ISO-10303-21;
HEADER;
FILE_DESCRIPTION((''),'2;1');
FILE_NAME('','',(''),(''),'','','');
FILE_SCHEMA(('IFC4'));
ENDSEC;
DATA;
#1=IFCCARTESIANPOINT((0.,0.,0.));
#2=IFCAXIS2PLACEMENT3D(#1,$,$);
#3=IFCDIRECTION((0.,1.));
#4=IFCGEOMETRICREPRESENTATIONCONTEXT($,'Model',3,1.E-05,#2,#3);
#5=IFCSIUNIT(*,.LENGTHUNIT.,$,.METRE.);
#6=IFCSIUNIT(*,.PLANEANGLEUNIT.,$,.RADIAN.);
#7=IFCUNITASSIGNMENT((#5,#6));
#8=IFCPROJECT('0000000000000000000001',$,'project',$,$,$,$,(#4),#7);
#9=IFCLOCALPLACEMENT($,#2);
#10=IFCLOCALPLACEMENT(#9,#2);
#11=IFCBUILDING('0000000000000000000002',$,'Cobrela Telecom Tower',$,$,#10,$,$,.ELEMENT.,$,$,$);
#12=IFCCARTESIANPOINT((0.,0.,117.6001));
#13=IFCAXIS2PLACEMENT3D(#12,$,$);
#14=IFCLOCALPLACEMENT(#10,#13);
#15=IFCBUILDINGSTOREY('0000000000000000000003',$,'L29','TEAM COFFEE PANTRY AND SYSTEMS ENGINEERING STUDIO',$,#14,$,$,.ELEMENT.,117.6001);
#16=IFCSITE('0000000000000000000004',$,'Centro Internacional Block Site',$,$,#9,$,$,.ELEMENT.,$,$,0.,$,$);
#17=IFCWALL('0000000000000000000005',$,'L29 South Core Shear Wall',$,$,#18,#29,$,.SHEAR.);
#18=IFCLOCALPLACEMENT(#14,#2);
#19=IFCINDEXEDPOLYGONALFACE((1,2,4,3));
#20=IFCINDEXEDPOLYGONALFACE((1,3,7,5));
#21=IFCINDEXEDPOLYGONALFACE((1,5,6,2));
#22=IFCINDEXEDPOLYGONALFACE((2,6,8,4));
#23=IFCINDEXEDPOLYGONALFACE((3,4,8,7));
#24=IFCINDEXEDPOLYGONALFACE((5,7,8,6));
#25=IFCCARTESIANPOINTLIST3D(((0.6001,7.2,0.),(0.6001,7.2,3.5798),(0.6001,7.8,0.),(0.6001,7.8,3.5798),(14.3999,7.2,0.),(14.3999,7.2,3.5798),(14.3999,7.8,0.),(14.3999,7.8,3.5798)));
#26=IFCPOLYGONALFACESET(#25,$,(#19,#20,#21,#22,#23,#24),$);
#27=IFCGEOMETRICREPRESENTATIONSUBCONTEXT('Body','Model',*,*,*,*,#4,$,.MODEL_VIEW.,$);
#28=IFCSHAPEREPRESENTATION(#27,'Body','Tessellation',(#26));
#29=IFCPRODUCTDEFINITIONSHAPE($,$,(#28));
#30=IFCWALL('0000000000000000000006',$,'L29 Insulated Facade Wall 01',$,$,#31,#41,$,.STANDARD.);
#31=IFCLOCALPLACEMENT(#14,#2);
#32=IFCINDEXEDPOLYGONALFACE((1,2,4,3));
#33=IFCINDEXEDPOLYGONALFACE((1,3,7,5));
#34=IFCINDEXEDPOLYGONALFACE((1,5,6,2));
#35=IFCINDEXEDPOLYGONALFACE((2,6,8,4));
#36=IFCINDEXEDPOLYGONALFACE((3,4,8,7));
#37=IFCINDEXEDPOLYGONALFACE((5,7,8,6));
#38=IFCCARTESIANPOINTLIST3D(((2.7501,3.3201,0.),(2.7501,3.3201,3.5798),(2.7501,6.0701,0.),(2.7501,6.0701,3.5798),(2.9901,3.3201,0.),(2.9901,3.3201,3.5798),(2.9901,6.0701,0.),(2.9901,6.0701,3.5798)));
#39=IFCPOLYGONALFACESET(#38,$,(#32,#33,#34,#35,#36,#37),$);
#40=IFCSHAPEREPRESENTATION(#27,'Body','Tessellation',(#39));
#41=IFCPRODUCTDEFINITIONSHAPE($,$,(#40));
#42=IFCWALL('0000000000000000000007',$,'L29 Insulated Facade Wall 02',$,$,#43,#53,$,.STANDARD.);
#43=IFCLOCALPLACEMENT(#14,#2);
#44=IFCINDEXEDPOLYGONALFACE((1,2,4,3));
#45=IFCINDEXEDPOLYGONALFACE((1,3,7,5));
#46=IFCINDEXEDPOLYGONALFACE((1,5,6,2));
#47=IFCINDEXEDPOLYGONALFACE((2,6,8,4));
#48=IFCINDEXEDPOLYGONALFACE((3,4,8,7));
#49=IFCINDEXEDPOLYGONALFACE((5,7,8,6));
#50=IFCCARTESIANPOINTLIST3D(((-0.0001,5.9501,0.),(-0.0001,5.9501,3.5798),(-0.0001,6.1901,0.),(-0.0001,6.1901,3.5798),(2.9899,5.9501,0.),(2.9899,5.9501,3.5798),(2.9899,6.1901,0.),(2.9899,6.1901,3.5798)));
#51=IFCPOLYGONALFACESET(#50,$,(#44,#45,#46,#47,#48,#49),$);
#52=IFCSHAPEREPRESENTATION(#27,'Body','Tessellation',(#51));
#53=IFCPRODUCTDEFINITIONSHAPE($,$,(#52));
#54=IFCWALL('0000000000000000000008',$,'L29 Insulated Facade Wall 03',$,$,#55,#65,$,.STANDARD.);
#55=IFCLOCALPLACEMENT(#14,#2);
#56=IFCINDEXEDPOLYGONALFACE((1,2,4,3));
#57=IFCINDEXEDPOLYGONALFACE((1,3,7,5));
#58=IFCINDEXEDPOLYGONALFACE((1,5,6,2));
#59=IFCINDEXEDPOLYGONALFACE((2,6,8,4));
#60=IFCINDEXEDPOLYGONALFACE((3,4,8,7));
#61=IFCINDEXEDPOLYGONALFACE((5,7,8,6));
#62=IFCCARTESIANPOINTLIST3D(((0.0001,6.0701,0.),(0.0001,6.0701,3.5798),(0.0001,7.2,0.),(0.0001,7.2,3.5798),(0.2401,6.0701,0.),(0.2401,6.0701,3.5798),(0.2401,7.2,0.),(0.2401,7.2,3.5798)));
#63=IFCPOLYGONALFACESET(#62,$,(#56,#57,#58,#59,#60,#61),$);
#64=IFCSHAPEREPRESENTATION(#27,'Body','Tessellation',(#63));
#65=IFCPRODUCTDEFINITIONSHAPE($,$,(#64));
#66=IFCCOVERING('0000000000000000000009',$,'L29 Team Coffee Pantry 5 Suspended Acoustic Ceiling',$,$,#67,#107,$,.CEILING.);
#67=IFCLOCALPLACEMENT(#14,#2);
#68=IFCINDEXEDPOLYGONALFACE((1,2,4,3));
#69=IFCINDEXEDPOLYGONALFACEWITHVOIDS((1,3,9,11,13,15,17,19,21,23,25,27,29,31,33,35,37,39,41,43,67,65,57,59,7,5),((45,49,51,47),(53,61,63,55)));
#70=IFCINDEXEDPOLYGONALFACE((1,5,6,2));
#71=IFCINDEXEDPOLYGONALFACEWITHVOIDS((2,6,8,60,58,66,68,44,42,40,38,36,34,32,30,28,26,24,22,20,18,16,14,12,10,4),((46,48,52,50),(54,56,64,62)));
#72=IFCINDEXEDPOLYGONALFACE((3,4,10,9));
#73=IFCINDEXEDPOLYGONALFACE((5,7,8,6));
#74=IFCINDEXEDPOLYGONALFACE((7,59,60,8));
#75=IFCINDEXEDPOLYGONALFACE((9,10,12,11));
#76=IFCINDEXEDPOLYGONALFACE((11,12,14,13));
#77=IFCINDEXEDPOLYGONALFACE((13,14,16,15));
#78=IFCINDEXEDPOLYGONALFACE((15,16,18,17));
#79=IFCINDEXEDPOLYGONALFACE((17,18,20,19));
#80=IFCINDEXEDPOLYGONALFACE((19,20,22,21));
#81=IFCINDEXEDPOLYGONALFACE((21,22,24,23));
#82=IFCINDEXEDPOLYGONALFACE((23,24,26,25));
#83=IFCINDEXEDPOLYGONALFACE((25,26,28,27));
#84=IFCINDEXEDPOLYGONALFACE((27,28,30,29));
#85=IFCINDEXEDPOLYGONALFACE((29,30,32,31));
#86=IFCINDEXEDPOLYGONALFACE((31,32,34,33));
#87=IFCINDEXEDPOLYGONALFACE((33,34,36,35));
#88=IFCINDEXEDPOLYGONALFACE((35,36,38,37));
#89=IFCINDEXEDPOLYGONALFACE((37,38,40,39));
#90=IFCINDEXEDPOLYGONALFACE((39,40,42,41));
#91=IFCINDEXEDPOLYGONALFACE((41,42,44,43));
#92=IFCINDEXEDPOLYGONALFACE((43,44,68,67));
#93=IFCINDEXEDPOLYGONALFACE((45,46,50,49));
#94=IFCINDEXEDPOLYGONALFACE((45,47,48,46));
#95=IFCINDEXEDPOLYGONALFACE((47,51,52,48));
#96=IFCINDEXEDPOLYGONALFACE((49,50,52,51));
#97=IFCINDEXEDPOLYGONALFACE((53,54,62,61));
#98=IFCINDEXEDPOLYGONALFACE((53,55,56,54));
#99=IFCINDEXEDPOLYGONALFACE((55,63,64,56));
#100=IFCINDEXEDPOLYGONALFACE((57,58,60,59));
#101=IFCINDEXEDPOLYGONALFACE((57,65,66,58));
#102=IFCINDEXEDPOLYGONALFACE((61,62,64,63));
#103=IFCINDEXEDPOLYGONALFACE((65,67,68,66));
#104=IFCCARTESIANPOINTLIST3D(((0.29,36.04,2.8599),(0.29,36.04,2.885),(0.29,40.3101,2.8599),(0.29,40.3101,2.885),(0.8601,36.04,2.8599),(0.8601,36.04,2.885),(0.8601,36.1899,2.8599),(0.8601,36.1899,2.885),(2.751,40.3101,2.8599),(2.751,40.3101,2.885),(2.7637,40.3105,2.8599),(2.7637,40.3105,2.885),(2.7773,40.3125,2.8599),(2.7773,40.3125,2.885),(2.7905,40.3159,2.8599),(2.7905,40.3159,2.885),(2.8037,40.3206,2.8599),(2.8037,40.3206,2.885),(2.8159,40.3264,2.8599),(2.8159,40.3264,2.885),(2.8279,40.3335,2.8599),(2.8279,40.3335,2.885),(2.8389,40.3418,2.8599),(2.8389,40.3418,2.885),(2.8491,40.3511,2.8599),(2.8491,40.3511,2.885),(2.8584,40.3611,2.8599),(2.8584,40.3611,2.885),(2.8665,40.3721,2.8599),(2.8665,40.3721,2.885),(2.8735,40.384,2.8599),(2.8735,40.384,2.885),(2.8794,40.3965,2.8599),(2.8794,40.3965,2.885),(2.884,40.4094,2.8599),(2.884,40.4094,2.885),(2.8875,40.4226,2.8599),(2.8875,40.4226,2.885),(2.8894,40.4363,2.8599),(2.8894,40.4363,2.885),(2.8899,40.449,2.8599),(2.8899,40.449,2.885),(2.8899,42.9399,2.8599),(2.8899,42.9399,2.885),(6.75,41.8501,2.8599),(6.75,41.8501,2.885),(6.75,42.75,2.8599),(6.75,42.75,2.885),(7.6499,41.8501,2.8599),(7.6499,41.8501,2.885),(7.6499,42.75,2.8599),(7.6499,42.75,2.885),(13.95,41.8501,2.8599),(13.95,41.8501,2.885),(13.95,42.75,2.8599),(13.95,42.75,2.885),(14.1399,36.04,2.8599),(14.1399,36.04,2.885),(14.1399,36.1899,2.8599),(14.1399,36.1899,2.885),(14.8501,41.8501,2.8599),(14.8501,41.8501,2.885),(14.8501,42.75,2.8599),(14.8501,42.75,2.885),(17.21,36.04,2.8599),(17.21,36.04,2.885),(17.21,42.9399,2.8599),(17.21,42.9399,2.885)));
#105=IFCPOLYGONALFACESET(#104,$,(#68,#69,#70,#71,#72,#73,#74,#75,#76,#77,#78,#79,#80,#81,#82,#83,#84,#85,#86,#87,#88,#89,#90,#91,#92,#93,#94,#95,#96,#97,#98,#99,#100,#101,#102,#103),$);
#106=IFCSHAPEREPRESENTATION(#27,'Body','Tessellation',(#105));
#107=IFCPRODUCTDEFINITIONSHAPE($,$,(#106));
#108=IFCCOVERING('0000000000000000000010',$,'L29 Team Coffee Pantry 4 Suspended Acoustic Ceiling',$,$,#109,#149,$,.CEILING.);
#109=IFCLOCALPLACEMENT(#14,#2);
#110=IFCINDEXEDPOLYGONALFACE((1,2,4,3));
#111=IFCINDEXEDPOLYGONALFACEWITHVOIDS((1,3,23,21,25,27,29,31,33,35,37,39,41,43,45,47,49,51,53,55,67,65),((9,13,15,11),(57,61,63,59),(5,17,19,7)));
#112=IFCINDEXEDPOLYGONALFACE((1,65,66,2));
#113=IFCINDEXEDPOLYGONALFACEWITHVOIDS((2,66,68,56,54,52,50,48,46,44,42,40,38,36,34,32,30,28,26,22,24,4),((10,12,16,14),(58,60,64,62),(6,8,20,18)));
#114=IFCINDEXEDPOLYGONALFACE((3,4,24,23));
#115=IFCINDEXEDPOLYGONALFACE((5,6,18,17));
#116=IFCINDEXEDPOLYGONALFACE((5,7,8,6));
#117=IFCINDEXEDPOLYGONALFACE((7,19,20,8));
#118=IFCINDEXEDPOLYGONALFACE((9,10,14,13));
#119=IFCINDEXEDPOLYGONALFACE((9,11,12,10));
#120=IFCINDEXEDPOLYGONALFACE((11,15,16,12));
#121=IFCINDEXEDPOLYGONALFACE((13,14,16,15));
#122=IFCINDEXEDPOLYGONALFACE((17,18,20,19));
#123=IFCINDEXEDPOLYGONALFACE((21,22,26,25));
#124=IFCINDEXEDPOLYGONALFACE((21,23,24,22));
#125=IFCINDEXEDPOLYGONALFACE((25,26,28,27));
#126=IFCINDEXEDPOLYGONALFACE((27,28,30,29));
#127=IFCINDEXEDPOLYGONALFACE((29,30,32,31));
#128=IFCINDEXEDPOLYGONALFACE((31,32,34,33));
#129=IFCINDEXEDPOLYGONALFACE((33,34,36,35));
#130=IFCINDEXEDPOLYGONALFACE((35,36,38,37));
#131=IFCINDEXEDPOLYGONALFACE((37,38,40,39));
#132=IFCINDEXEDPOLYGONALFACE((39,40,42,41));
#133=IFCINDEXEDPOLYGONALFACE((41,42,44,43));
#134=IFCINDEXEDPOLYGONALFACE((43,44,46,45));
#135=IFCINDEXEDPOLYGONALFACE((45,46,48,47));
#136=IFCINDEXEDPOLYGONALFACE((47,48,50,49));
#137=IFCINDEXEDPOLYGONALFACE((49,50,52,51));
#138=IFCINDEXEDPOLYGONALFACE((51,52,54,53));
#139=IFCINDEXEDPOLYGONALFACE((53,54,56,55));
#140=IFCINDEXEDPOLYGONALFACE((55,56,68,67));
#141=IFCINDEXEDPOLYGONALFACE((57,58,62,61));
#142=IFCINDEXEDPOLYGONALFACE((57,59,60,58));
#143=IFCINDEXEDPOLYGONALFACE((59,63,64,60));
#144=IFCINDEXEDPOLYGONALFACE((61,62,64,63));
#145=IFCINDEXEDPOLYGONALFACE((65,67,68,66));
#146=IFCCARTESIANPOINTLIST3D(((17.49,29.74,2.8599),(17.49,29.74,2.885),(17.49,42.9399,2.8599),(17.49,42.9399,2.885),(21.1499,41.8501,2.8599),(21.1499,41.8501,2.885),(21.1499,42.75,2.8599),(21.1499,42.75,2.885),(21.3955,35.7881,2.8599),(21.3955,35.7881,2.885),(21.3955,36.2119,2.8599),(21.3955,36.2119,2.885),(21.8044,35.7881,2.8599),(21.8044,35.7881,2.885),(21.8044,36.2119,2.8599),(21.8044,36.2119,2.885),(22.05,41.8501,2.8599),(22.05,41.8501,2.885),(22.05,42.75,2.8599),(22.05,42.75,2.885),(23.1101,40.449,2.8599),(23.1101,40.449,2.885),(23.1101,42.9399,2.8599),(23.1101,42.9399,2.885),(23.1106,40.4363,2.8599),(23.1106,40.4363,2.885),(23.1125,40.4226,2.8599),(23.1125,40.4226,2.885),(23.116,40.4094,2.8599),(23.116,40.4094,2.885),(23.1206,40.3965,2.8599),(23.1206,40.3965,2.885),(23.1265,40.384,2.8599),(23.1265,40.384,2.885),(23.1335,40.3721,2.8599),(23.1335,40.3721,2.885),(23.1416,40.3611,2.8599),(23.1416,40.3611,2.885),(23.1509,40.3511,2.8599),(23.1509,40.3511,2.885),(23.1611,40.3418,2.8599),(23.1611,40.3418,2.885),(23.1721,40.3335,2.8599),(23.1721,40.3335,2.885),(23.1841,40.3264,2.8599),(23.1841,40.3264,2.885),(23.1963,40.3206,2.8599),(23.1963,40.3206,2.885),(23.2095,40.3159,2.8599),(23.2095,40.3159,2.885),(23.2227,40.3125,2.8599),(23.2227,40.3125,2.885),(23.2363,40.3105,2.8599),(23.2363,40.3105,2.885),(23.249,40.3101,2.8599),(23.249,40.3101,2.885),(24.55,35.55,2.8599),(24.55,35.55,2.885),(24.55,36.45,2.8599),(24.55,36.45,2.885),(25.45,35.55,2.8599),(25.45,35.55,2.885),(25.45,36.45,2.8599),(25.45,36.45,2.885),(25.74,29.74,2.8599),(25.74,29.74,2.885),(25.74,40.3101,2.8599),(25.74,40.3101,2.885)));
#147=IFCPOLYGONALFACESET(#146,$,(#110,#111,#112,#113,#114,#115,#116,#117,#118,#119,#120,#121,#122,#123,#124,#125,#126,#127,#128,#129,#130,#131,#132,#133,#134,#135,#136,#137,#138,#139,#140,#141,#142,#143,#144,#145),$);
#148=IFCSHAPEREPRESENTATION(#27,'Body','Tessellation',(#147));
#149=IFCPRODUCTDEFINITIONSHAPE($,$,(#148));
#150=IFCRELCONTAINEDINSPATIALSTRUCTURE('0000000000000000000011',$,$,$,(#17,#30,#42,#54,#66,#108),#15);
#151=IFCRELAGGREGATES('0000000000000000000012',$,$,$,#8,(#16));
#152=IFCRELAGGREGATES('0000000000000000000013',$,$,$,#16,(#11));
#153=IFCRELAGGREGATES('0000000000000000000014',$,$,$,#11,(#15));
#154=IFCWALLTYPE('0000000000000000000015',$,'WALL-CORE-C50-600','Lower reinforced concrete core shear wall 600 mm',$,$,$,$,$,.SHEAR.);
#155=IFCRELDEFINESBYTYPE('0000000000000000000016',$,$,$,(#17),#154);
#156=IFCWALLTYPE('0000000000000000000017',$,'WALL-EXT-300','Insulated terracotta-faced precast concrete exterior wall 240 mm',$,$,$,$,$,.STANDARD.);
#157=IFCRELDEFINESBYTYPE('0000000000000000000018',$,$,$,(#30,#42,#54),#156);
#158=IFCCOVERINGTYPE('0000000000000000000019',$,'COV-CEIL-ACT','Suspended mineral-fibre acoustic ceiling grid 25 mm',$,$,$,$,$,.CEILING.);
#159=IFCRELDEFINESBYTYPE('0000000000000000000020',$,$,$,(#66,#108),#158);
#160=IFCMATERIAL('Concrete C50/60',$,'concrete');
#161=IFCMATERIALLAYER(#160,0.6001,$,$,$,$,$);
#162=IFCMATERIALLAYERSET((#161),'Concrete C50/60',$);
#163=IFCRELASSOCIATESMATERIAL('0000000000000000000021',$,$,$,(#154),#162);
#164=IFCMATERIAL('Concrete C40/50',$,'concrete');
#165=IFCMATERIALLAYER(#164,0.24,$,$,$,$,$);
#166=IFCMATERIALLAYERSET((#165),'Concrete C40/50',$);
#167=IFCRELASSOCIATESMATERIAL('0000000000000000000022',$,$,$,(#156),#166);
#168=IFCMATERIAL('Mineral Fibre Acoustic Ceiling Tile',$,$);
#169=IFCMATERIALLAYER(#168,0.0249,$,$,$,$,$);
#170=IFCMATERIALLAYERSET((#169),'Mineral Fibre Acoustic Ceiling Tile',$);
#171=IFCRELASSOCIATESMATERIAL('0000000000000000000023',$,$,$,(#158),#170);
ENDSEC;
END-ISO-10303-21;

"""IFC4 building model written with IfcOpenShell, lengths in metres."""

from ifc_helpers import new_model, si_unit, direction, frame, frame_2d, origin, place, context, subcontext, project, spatial, polyline, rectangle, outline, extrude, material, layer, layer_set, type_object, element, save


model = new_model("IFC4")

# Units and contexts
model_context = context("Model", 3, precision=1e-05, world=origin(), true_north=direction((0.0, 1.0)))
body_context = subcontext(model_context, "Body", "Model", "MODEL_VIEW")
ifc_project = project(units=[si_unit("LENGTHUNIT", "METRE"), si_unit("PLANEANGLEUNIT", "RADIAN")], contexts=[model_context])

# Site, building, storey
site_placement = place(None, origin())
site = spatial("IfcSite", under=ifc_project, at=site_placement, Name="Centro Internacional Block Site", CompositionType="ELEMENT", RefElevation=0.0)
building_placement = place(site_placement, origin())
building = spatial("IfcBuilding", under=site, at=building_placement, Name="Cobrela Telecom Tower", CompositionType="ELEMENT")
storey_placement = place(building_placement, frame((0.0, 0.0, 117.6001)))
storey = spatial("IfcBuildingStorey", under=building, at=storey_placement, Name="L29", Description="TEAM COFFEE PANTRY AND SYSTEMS ENGINEERING STUDIO", CompositionType="ELEMENT", Elevation=117.6001)

# Shared definitions
ifc_material_1 = material(Name="Concrete C40/50", Category="concrete")

# Walls
ifc_material_2 = material(Name="Concrete C50/60", Category="concrete")
ifc_layer_1 = layer(ifc_material_2, 0.6001)
ifc_layer_set_1 = layer_set([ifc_layer_1], Name="Concrete C50/60")
wall_type_1 = type_object("IfcWallType", Name="WALL-CORE-C50-600", Description="Lower reinforced concrete core shear wall 600 mm", PredefinedType="SHEAR", material=ifc_layer_set_1)
wall_1_placement = place(storey_placement, frame((0.6001, 7.5, 0.0), z_axis=(0.0, 0.0, 1.0), x_axis=(1.0, 0.0, 0.0)))
element("IfcWall", 1, at=wall_1_placement, inside=storey, type_object=wall_type_1, Name="L29 South Core Shear Wall", PredefinedType="SHEAR", context=body_context, shape_type="SweptSolid", body=[
    extrude(rectangle(XDim=13.7998, YDim=0.6001, at=frame_2d((6.8999, 0.0))), origin(), (0.0, 0.0, 1.0), 3.5798),
])
ifc_layer_2 = layer(ifc_material_1, 0.24)
ifc_layer_set_2 = layer_set([ifc_layer_2], Name="Concrete C40/50")
wall_type_2 = type_object("IfcWallType", Name="WALL-EXT-300", Description="Insulated terracotta-faced precast concrete exterior wall 240 mm", PredefinedType="STANDARD", material=ifc_layer_set_2)
wall_2_placement = place(storey_placement, frame((2.8701, 3.3201, 0.0), z_axis=(0.0, 0.0, 1.0), x_axis=(0.0, 1.0, 0.0)))
element("IfcWall", 2, at=wall_2_placement, inside=storey, type_object=wall_type_2, Name="L29 Insulated Facade Wall 01", PredefinedType="STANDARD", context=body_context, shape_type="SweptSolid", body=[
    extrude(rectangle(XDim=2.75, YDim=0.24, at=frame_2d((1.375, 0.0))), origin(), (0.0, 0.0, 1.0), 3.5798),
])
wall_3_placement = place(storey_placement, frame((2.99, 6.0701, 0.0), z_axis=(0.0, 0.0, 1.0), x_axis=(-1.0, 0.0, 0.0)))
element("IfcWall", 3, at=wall_3_placement, inside=storey, type_object=wall_type_2, Name="L29 Insulated Facade Wall 02", PredefinedType="STANDARD", context=body_context, shape_type="SweptSolid", body=[
    extrude(rectangle(XDim=2.99, YDim=0.24, at=frame_2d((1.4951, 0.0))), origin(), (0.0, 0.0, 1.0), 3.5798),
])
wall_4_placement = place(storey_placement, frame((0.1201, 6.0701, 0.0), z_axis=(0.0, 0.0, 1.0), x_axis=(0.0, 1.0, 0.0)))
element("IfcWall", 4, at=wall_4_placement, inside=storey, type_object=wall_type_2, Name="L29 Insulated Facade Wall 03", PredefinedType="STANDARD", context=body_context, shape_type="SweptSolid", body=[
    extrude(rectangle(XDim=1.1299, YDim=0.24, at=frame_2d((0.5649, 0.0))), origin(), (0.0, 0.0, 1.0), 3.5798),
])

# Coverings
ifc_material_3 = material(Name="Mineral Fibre Acoustic Ceiling Tile")
ifc_layer_3 = layer(ifc_material_3, 0.0249)
ifc_layer_set_3 = layer_set([ifc_layer_3], Name="Mineral Fibre Acoustic Ceiling Tile")
covering_type_1 = type_object("IfcCoveringType", Name="COV-CEIL-ACT", Description="Suspended mineral-fibre acoustic ceiling grid 25 mm", PredefinedType="CEILING", material=ifc_layer_set_3)
covering_1_placement = place(storey_placement, frame((0.0, 0.0, 2.8599)))
element("IfcCovering", 5, at=covering_1_placement, inside=storey, type_object=covering_type_1, Name="L29 Team Coffee Pantry 5 Suspended Acoustic Ceiling", PredefinedType="CEILING", context=body_context, shape_type="SweptSolid", body=[
    extrude(outline(polyline([(14.1399, 36.1899), (0.8601, 36.1899), (0.8601, 36.04), (0.29, 36.04), (0.29, 40.3101), (2.751, 40.3101), (2.7637, 40.3105), (2.7773, 40.3125), (2.7905, 40.3159), (2.8037, 40.3206), (2.8159, 40.3264), (2.8279, 40.3335), (2.8389, 40.3418), (2.8491, 40.3511), (2.8584, 40.3611), (2.8665, 40.3721), (2.8735, 40.384), (2.8794, 40.3965), (2.884, 40.4094), (2.8875, 40.4226), (2.8894, 40.4363), (2.8899, 40.449), (2.8899, 42.9399), (17.21, 42.9399), (17.21, 36.04), (14.1399, 36.04), (14.1399, 36.1899)]), holes=[polyline([(7.6499, 41.8501), (7.6499, 42.75), (6.75, 42.75), (6.75, 41.8501), (7.6499, 41.8501)]), polyline([(14.8501, 41.8501), (14.8501, 42.75), (13.95, 42.75), (13.95, 41.8501), (14.8501, 41.8501)])]), origin(), (0.0, 0.0, 1.0), 0.0251),
])
covering_2_placement = place(storey_placement, frame((0.0, 0.0, 2.8599)))
element("IfcCovering", 6, at=covering_2_placement, inside=storey, type_object=covering_type_1, Name="L29 Team Coffee Pantry 4 Suspended Acoustic Ceiling", PredefinedType="CEILING", context=body_context, shape_type="SweptSolid", body=[
    extrude(outline(polyline([(23.1101, 42.9399), (23.1101, 40.449), (23.1106, 40.4363), (23.1125, 40.4226), (23.116, 40.4094), (23.1206, 40.3965), (23.1265, 40.384), (23.1335, 40.3721), (23.1416, 40.3611), (23.1509, 40.3511), (23.1611, 40.3418), (23.1721, 40.3335), (23.1841, 40.3264), (23.1963, 40.3206), (23.2095, 40.3159), (23.2227, 40.3125), (23.2363, 40.3105), (23.249, 40.3101), (25.74, 40.3101), (25.74, 29.74), (17.49, 29.74), (17.49, 42.9399), (23.1101, 42.9399)]), holes=[polyline([(21.8044, 35.7881), (21.8044, 36.2119), (21.3955, 36.2119), (21.3955, 35.7881), (21.8044, 35.7881)]), polyline([(25.45, 35.55), (25.45, 36.45), (24.55, 36.45), (24.55, 35.55), (25.45, 35.55)]), polyline([(22.05, 41.8501), (22.05, 42.75), (21.1499, 42.75), (21.1499, 41.8501), (22.05, 41.8501)])]), origin(), (0.0, 0.0, 1.0), 0.0251),
])

save(model, "model.ifc")
